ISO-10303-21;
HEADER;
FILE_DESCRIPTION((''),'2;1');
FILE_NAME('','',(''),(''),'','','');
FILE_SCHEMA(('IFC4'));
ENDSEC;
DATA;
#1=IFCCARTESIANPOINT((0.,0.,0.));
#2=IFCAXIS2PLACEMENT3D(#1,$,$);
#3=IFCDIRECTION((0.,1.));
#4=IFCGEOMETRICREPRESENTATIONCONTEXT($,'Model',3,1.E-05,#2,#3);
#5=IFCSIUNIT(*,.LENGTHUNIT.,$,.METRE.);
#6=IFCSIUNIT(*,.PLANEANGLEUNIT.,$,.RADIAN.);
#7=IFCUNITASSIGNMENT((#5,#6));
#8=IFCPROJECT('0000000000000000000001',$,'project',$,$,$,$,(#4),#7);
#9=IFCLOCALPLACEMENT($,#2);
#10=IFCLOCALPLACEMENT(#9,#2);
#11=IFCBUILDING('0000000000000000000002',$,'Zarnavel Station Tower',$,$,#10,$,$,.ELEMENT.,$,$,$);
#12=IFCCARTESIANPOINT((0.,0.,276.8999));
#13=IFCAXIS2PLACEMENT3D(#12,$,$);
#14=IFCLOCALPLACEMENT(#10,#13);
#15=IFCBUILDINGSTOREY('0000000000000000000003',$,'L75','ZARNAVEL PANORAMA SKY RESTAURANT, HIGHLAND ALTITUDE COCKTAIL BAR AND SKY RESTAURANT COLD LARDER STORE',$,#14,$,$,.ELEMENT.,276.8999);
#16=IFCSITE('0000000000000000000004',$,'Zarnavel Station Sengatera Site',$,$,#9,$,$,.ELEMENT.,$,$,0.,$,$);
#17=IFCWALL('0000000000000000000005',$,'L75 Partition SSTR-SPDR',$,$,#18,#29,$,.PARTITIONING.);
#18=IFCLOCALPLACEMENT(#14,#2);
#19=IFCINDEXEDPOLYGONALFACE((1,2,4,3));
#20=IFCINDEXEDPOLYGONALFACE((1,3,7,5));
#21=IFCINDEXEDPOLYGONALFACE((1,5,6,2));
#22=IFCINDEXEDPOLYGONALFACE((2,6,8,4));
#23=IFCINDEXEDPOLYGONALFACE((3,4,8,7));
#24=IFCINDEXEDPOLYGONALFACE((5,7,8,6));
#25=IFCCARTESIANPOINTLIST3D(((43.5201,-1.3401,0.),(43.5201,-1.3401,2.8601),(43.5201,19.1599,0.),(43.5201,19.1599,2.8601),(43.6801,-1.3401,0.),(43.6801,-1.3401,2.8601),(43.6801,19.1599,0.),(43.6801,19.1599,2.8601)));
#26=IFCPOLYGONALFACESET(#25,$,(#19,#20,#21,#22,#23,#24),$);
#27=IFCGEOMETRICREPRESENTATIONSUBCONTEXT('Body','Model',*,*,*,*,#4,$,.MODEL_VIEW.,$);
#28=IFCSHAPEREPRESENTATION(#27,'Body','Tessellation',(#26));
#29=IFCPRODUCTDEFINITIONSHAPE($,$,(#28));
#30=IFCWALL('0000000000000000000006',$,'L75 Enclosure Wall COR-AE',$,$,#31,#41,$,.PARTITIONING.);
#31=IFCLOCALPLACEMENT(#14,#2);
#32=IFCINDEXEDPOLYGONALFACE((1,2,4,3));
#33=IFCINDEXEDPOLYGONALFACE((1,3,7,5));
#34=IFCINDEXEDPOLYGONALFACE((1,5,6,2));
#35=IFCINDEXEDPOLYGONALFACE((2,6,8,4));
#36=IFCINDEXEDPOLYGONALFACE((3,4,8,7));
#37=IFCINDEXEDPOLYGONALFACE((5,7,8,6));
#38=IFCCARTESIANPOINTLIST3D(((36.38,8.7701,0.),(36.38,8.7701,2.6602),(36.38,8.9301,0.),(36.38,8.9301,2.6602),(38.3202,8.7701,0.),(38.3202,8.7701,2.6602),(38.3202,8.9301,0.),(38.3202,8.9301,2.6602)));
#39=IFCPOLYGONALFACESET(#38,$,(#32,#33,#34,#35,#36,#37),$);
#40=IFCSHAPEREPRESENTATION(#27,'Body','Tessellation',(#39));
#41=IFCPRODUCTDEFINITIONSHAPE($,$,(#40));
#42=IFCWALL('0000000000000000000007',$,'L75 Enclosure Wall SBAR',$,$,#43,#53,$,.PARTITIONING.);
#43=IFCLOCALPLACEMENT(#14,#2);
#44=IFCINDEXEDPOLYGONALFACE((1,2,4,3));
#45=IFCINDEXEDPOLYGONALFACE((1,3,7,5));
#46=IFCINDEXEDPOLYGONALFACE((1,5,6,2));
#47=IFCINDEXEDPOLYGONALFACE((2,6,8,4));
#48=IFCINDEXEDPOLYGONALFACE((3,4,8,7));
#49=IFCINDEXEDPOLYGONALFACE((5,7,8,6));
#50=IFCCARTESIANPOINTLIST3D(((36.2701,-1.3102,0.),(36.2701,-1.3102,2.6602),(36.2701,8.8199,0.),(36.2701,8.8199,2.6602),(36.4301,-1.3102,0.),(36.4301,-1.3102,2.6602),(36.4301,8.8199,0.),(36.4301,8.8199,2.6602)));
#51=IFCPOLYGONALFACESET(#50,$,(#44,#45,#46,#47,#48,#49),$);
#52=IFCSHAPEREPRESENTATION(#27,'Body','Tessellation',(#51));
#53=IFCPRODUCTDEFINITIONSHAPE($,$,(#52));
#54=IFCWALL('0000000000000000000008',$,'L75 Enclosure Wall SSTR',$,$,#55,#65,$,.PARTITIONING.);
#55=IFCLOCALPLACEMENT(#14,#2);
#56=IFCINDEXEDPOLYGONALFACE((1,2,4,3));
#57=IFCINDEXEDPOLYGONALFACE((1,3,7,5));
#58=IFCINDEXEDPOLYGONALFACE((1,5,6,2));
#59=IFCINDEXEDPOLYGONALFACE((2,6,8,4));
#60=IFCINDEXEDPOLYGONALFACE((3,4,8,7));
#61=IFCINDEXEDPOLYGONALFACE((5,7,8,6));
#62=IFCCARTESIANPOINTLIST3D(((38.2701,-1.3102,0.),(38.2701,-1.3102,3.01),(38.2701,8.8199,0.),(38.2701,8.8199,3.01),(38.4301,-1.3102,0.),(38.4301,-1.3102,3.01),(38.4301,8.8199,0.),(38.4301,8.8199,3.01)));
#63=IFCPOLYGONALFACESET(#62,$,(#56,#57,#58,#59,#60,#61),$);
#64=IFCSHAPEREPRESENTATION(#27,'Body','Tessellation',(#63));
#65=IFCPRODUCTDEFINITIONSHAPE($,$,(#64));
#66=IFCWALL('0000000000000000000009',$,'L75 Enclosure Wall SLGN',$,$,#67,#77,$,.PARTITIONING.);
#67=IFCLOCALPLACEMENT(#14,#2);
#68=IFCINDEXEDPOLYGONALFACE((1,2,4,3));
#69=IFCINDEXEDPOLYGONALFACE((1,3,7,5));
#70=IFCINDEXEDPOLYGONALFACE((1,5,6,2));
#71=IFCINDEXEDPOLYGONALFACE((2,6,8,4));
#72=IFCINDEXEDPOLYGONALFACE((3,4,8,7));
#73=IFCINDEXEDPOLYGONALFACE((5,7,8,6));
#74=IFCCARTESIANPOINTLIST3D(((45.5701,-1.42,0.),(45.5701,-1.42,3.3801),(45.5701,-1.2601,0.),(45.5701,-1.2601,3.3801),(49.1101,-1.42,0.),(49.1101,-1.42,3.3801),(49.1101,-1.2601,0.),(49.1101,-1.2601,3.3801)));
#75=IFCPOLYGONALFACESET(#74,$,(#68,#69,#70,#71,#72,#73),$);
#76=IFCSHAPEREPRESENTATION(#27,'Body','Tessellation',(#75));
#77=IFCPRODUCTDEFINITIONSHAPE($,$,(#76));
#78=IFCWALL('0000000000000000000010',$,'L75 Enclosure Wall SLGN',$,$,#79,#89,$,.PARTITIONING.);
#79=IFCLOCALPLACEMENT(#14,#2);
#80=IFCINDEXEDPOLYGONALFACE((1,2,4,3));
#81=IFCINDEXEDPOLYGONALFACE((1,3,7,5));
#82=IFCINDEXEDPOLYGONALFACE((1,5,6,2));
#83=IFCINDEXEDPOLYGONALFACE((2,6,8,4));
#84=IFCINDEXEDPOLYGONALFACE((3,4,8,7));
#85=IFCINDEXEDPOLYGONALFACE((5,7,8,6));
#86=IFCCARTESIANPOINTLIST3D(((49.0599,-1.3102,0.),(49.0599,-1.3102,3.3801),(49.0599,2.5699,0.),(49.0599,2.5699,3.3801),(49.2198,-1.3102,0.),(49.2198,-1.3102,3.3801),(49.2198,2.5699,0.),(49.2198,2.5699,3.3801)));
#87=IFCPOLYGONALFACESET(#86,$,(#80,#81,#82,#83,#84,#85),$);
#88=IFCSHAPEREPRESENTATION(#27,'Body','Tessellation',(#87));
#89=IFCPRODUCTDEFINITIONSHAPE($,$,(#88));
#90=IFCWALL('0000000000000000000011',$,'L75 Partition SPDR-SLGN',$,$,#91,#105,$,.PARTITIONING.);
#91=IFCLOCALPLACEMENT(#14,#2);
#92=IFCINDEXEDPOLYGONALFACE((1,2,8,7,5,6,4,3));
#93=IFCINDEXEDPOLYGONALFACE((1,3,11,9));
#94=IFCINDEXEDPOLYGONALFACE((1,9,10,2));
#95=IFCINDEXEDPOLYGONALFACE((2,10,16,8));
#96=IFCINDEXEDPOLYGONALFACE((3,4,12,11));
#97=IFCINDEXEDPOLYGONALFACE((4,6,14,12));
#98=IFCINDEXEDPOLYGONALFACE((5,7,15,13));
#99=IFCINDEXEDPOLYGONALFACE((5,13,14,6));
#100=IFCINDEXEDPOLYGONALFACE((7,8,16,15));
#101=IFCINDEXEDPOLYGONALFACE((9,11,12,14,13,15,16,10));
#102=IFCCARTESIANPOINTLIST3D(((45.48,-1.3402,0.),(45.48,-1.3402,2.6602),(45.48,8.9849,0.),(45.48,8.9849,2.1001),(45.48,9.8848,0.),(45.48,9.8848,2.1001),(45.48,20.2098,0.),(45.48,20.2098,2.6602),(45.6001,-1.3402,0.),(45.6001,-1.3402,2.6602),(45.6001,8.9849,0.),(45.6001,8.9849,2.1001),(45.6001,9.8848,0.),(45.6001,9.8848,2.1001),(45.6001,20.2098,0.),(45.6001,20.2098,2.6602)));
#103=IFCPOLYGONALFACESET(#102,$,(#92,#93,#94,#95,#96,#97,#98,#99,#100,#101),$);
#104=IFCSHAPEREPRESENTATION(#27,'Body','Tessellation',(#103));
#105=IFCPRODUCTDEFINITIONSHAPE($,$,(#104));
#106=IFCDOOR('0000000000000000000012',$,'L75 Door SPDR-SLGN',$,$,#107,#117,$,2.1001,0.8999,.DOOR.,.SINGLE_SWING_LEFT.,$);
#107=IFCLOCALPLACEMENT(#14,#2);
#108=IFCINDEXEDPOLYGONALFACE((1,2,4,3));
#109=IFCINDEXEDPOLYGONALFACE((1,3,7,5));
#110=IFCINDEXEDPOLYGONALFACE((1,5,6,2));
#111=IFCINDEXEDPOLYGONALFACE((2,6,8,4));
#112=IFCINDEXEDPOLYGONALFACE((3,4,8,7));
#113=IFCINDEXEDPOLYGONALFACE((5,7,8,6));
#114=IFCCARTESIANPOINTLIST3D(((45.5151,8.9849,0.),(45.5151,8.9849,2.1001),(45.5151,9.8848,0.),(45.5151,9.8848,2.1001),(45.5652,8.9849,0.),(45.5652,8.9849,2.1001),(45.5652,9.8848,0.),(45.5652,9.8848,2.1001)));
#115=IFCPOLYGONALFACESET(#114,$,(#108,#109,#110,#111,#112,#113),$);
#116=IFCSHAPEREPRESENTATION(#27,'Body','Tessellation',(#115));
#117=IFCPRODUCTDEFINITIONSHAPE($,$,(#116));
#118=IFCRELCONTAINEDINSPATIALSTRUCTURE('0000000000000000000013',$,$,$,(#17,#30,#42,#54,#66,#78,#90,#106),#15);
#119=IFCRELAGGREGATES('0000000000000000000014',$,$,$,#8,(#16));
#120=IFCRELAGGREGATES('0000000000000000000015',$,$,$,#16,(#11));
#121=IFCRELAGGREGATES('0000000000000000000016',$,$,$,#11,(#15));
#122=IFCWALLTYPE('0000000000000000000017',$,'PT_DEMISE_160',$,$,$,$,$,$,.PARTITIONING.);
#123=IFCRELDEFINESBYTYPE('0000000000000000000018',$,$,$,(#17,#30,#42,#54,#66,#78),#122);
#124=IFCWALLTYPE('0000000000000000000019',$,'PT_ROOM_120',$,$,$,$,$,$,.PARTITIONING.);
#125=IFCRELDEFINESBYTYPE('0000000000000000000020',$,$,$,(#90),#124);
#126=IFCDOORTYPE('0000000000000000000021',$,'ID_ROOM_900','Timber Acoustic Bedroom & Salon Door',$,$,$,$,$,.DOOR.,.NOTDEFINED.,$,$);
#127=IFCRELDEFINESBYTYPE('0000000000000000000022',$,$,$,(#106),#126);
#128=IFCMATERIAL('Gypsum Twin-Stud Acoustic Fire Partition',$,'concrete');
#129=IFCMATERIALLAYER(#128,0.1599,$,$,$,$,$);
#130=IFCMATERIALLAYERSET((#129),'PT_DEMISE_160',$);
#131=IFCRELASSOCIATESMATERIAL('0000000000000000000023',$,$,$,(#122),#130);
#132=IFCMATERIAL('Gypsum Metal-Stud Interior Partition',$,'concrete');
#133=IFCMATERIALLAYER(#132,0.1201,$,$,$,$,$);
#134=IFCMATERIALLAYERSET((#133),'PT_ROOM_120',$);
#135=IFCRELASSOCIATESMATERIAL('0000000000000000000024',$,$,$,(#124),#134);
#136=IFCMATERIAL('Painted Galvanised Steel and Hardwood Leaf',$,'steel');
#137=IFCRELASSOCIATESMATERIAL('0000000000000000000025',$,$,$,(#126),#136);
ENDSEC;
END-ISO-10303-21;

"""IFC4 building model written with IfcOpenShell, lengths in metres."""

from ifc_helpers import new_model, si_unit, direction, frame, frame_2d, origin, place, context, subcontext, project, spatial, rectangle, extrude, material, layer, layer_set, type_object, element, fill, save


model = new_model("IFC4")

# Units and contexts
model_context = context("Model", 3, precision=1e-05, world=origin(), true_north=direction((0.0, 1.0)))
body_context = subcontext(model_context, "Body", "Model", "MODEL_VIEW")
ifc_project = project(units=[si_unit("LENGTHUNIT", "METRE"), si_unit("PLANEANGLEUNIT", "RADIAN")], contexts=[model_context])

# Site, building, storey
site_placement = place(None, origin())
site = spatial("IfcSite", under=ifc_project, at=site_placement, Name="Zarnavel Station Sengatera Site", CompositionType="ELEMENT", RefElevation=0.0)
building_placement = place(site_placement, origin())
building = spatial("IfcBuilding", under=site, at=building_placement, Name="Zarnavel Station Tower", CompositionType="ELEMENT")
storey_placement = place(building_placement, frame((0.0, 0.0, 276.8999)))
storey = spatial("IfcBuildingStorey", under=building, at=storey_placement, Name="L75", Description="ZARNAVEL PANORAMA SKY RESTAURANT, HIGHLAND ALTITUDE COCKTAIL BAR AND SKY RESTAURANT COLD LARDER STORE", CompositionType="ELEMENT", Elevation=276.8999)

# Walls
ifc_material_1 = material(Name="Gypsum Twin-Stud Acoustic Fire Partition", Category="concrete")
ifc_layer_1 = layer(ifc_material_1, 0.1599)
ifc_layer_set_1 = layer_set([ifc_layer_1], Name="PT_DEMISE_160")
wall_type_1 = type_object("IfcWallType", Name="PT_DEMISE_160", PredefinedType="PARTITIONING", material=ifc_layer_set_1)
wall_1_placement = place(storey_placement, frame((43.6001, -1.3401, 0.0), z_axis=(0.0, 0.0, 1.0), x_axis=(0.0, 1.0, 0.0)))
element("IfcWall", 1, at=wall_1_placement, inside=storey, type_object=wall_type_1, Name="L75 Partition SSTR-SPDR", PredefinedType="PARTITIONING", context=body_context, shape_type="SweptSolid", body=[
    extrude(rectangle(XDim=20.5, YDim=0.1599, at=frame_2d((10.25, 0.0))), origin(), (0.0, 0.0, 1.0), 2.8601),
])
wall_2_placement = place(storey_placement, frame((36.3799, 8.8501, 0.0), z_axis=(0.0, 0.0, 1.0), x_axis=(1.0, 0.0, 0.0)))
element("IfcWall", 2, at=wall_2_placement, inside=storey, type_object=wall_type_1, Name="L75 Enclosure Wall COR-AE", PredefinedType="PARTITIONING", context=body_context, shape_type="SweptSolid", body=[
    extrude(rectangle(XDim=1.9402, YDim=0.1599, at=frame_2d((0.9702, 0.0))), origin(), (0.0, 0.0, 1.0), 2.6602),
])
wall_3_placement = place(storey_placement, frame((36.3501, -1.3101, 0.0), z_axis=(0.0, 0.0, 1.0), x_axis=(0.0, 1.0, 0.0)))
element("IfcWall", 3, at=wall_3_placement, inside=storey, type_object=wall_type_1, Name="L75 Enclosure Wall SBAR", PredefinedType="PARTITIONING", context=body_context, shape_type="SweptSolid", body=[
    extrude(rectangle(XDim=10.1301, YDim=0.1599, at=frame_2d((5.0649, 0.0))), origin(), (0.0, 0.0, 1.0), 2.6602),
])
wall_4_placement = place(storey_placement, frame((38.3501, -1.3101, 0.0), z_axis=(0.0, 0.0, 1.0), x_axis=(0.0, 1.0, 0.0)))
element("IfcWall", 4, at=wall_4_placement, inside=storey, type_object=wall_type_1, Name="L75 Enclosure Wall SSTR", PredefinedType="PARTITIONING", context=body_context, shape_type="SweptSolid", body=[
    extrude(rectangle(XDim=10.1301, YDim=0.1599, at=frame_2d((5.0649, 0.0))), origin(), (0.0, 0.0, 1.0), 3.01),
])
wall_5_placement = place(storey_placement, frame((45.5701, -1.3401, 0.0), z_axis=(0.0, 0.0, 1.0), x_axis=(1.0, 0.0, 0.0)))
element("IfcWall", 5, at=wall_5_placement, inside=storey, type_object=wall_type_1, Name="L75 Enclosure Wall SLGN", PredefinedType="PARTITIONING", context=body_context, shape_type="SweptSolid", body=[
    extrude(rectangle(XDim=3.54, YDim=0.1599, at=frame_2d((1.77, 0.0))), origin(), (0.0, 0.0, 1.0), 3.3801),
])
wall_6_placement = place(storey_placement, frame((49.1399, -1.3101, 0.0), z_axis=(0.0, 0.0, 1.0), x_axis=(0.0, 1.0, 0.0)))
element("IfcWall", 6, at=wall_6_placement, inside=storey, type_object=wall_type_1, Name="L75 Enclosure Wall SLGN", PredefinedType="PARTITIONING", context=body_context, shape_type="SweptSolid", body=[
    extrude(rectangle(XDim=3.8801, YDim=0.1599, at=frame_2d((1.9399, 0.0))), origin(), (0.0, 0.0, 1.0), 3.3801),
])

# Wall, opening, door
ifc_material_2 = material(Name="Gypsum Metal-Stud Interior Partition", Category="concrete")
ifc_layer_2 = layer(ifc_material_2, 0.1201)
ifc_layer_set_2 = layer_set([ifc_layer_2], Name="PT_ROOM_120")
wall_type_2 = type_object("IfcWallType", Name="PT_ROOM_120", PredefinedType="PARTITIONING", material=ifc_layer_set_2)
wall_7_placement = place(storey_placement, frame((45.54, -1.3401, 0.0), z_axis=(0.0, 0.0, 1.0), x_axis=(0.0, 1.0, 0.0)))
wall_7 = element("IfcWall", 7, at=wall_7_placement, inside=storey, type_object=wall_type_2, Name="L75 Partition SPDR-SLGN", PredefinedType="PARTITIONING", context=body_context, shape_type="SweptSolid", body=[
    extrude(rectangle(XDim=21.55, YDim=0.1201, at=frame_2d((10.7749, 0.0))), origin(), (0.0, 0.0, 1.0), 2.6602),
])
opening_1_placement = place(wall_7_placement, frame((10.325, 0.0, 0.0)))
opening_1 = element("IfcOpeningElement", 8, at=opening_1_placement, cuts=wall_7, PredefinedType="OPENING", context=body_context, shape_type="SweptSolid", body=[
    extrude(rectangle(XDim=0.8999, YDim=2.1001, at=frame_2d((0.45, 1.05))), frame((0.0, 0.0701, 0.0), z_axis=(0.0, -1.0, 0.0), x_axis=(1.0, 0.0, 0.0)), (0.0, 0.0, 1.0), 0.1401),
])
ifc_material_3 = material(Name="Painted Galvanised Steel and Hardwood Leaf", Category="steel")
door_type = type_object("IfcDoorType", Name="ID_ROOM_900", Description="Timber Acoustic Bedroom & Salon Door", OperationType="NOTDEFINED", PredefinedType="DOOR", material=ifc_material_3)
door_placement = place(opening_1_placement, origin())
door = element("IfcDoor", 9, at=door_placement, inside=storey, type_object=door_type, Name="L75 Door SPDR-SLGN", OperationType="SINGLE_SWING_LEFT", OverallHeight=2.1001, OverallWidth=0.8999, PredefinedType="DOOR", context=body_context, shape_type="SweptSolid", body=[
    extrude(rectangle(XDim=0.8999, YDim=2.1001, at=frame_2d((0.45, 1.05))), frame((0.0, 0.0249, 0.0), z_axis=(0.0, -1.0, 0.0), x_axis=(1.0, 0.0, 0.0)), (0.0, 0.0, 1.0), 0.05),
])
fill(opening_1, door)

save(model, "model.ifc")
